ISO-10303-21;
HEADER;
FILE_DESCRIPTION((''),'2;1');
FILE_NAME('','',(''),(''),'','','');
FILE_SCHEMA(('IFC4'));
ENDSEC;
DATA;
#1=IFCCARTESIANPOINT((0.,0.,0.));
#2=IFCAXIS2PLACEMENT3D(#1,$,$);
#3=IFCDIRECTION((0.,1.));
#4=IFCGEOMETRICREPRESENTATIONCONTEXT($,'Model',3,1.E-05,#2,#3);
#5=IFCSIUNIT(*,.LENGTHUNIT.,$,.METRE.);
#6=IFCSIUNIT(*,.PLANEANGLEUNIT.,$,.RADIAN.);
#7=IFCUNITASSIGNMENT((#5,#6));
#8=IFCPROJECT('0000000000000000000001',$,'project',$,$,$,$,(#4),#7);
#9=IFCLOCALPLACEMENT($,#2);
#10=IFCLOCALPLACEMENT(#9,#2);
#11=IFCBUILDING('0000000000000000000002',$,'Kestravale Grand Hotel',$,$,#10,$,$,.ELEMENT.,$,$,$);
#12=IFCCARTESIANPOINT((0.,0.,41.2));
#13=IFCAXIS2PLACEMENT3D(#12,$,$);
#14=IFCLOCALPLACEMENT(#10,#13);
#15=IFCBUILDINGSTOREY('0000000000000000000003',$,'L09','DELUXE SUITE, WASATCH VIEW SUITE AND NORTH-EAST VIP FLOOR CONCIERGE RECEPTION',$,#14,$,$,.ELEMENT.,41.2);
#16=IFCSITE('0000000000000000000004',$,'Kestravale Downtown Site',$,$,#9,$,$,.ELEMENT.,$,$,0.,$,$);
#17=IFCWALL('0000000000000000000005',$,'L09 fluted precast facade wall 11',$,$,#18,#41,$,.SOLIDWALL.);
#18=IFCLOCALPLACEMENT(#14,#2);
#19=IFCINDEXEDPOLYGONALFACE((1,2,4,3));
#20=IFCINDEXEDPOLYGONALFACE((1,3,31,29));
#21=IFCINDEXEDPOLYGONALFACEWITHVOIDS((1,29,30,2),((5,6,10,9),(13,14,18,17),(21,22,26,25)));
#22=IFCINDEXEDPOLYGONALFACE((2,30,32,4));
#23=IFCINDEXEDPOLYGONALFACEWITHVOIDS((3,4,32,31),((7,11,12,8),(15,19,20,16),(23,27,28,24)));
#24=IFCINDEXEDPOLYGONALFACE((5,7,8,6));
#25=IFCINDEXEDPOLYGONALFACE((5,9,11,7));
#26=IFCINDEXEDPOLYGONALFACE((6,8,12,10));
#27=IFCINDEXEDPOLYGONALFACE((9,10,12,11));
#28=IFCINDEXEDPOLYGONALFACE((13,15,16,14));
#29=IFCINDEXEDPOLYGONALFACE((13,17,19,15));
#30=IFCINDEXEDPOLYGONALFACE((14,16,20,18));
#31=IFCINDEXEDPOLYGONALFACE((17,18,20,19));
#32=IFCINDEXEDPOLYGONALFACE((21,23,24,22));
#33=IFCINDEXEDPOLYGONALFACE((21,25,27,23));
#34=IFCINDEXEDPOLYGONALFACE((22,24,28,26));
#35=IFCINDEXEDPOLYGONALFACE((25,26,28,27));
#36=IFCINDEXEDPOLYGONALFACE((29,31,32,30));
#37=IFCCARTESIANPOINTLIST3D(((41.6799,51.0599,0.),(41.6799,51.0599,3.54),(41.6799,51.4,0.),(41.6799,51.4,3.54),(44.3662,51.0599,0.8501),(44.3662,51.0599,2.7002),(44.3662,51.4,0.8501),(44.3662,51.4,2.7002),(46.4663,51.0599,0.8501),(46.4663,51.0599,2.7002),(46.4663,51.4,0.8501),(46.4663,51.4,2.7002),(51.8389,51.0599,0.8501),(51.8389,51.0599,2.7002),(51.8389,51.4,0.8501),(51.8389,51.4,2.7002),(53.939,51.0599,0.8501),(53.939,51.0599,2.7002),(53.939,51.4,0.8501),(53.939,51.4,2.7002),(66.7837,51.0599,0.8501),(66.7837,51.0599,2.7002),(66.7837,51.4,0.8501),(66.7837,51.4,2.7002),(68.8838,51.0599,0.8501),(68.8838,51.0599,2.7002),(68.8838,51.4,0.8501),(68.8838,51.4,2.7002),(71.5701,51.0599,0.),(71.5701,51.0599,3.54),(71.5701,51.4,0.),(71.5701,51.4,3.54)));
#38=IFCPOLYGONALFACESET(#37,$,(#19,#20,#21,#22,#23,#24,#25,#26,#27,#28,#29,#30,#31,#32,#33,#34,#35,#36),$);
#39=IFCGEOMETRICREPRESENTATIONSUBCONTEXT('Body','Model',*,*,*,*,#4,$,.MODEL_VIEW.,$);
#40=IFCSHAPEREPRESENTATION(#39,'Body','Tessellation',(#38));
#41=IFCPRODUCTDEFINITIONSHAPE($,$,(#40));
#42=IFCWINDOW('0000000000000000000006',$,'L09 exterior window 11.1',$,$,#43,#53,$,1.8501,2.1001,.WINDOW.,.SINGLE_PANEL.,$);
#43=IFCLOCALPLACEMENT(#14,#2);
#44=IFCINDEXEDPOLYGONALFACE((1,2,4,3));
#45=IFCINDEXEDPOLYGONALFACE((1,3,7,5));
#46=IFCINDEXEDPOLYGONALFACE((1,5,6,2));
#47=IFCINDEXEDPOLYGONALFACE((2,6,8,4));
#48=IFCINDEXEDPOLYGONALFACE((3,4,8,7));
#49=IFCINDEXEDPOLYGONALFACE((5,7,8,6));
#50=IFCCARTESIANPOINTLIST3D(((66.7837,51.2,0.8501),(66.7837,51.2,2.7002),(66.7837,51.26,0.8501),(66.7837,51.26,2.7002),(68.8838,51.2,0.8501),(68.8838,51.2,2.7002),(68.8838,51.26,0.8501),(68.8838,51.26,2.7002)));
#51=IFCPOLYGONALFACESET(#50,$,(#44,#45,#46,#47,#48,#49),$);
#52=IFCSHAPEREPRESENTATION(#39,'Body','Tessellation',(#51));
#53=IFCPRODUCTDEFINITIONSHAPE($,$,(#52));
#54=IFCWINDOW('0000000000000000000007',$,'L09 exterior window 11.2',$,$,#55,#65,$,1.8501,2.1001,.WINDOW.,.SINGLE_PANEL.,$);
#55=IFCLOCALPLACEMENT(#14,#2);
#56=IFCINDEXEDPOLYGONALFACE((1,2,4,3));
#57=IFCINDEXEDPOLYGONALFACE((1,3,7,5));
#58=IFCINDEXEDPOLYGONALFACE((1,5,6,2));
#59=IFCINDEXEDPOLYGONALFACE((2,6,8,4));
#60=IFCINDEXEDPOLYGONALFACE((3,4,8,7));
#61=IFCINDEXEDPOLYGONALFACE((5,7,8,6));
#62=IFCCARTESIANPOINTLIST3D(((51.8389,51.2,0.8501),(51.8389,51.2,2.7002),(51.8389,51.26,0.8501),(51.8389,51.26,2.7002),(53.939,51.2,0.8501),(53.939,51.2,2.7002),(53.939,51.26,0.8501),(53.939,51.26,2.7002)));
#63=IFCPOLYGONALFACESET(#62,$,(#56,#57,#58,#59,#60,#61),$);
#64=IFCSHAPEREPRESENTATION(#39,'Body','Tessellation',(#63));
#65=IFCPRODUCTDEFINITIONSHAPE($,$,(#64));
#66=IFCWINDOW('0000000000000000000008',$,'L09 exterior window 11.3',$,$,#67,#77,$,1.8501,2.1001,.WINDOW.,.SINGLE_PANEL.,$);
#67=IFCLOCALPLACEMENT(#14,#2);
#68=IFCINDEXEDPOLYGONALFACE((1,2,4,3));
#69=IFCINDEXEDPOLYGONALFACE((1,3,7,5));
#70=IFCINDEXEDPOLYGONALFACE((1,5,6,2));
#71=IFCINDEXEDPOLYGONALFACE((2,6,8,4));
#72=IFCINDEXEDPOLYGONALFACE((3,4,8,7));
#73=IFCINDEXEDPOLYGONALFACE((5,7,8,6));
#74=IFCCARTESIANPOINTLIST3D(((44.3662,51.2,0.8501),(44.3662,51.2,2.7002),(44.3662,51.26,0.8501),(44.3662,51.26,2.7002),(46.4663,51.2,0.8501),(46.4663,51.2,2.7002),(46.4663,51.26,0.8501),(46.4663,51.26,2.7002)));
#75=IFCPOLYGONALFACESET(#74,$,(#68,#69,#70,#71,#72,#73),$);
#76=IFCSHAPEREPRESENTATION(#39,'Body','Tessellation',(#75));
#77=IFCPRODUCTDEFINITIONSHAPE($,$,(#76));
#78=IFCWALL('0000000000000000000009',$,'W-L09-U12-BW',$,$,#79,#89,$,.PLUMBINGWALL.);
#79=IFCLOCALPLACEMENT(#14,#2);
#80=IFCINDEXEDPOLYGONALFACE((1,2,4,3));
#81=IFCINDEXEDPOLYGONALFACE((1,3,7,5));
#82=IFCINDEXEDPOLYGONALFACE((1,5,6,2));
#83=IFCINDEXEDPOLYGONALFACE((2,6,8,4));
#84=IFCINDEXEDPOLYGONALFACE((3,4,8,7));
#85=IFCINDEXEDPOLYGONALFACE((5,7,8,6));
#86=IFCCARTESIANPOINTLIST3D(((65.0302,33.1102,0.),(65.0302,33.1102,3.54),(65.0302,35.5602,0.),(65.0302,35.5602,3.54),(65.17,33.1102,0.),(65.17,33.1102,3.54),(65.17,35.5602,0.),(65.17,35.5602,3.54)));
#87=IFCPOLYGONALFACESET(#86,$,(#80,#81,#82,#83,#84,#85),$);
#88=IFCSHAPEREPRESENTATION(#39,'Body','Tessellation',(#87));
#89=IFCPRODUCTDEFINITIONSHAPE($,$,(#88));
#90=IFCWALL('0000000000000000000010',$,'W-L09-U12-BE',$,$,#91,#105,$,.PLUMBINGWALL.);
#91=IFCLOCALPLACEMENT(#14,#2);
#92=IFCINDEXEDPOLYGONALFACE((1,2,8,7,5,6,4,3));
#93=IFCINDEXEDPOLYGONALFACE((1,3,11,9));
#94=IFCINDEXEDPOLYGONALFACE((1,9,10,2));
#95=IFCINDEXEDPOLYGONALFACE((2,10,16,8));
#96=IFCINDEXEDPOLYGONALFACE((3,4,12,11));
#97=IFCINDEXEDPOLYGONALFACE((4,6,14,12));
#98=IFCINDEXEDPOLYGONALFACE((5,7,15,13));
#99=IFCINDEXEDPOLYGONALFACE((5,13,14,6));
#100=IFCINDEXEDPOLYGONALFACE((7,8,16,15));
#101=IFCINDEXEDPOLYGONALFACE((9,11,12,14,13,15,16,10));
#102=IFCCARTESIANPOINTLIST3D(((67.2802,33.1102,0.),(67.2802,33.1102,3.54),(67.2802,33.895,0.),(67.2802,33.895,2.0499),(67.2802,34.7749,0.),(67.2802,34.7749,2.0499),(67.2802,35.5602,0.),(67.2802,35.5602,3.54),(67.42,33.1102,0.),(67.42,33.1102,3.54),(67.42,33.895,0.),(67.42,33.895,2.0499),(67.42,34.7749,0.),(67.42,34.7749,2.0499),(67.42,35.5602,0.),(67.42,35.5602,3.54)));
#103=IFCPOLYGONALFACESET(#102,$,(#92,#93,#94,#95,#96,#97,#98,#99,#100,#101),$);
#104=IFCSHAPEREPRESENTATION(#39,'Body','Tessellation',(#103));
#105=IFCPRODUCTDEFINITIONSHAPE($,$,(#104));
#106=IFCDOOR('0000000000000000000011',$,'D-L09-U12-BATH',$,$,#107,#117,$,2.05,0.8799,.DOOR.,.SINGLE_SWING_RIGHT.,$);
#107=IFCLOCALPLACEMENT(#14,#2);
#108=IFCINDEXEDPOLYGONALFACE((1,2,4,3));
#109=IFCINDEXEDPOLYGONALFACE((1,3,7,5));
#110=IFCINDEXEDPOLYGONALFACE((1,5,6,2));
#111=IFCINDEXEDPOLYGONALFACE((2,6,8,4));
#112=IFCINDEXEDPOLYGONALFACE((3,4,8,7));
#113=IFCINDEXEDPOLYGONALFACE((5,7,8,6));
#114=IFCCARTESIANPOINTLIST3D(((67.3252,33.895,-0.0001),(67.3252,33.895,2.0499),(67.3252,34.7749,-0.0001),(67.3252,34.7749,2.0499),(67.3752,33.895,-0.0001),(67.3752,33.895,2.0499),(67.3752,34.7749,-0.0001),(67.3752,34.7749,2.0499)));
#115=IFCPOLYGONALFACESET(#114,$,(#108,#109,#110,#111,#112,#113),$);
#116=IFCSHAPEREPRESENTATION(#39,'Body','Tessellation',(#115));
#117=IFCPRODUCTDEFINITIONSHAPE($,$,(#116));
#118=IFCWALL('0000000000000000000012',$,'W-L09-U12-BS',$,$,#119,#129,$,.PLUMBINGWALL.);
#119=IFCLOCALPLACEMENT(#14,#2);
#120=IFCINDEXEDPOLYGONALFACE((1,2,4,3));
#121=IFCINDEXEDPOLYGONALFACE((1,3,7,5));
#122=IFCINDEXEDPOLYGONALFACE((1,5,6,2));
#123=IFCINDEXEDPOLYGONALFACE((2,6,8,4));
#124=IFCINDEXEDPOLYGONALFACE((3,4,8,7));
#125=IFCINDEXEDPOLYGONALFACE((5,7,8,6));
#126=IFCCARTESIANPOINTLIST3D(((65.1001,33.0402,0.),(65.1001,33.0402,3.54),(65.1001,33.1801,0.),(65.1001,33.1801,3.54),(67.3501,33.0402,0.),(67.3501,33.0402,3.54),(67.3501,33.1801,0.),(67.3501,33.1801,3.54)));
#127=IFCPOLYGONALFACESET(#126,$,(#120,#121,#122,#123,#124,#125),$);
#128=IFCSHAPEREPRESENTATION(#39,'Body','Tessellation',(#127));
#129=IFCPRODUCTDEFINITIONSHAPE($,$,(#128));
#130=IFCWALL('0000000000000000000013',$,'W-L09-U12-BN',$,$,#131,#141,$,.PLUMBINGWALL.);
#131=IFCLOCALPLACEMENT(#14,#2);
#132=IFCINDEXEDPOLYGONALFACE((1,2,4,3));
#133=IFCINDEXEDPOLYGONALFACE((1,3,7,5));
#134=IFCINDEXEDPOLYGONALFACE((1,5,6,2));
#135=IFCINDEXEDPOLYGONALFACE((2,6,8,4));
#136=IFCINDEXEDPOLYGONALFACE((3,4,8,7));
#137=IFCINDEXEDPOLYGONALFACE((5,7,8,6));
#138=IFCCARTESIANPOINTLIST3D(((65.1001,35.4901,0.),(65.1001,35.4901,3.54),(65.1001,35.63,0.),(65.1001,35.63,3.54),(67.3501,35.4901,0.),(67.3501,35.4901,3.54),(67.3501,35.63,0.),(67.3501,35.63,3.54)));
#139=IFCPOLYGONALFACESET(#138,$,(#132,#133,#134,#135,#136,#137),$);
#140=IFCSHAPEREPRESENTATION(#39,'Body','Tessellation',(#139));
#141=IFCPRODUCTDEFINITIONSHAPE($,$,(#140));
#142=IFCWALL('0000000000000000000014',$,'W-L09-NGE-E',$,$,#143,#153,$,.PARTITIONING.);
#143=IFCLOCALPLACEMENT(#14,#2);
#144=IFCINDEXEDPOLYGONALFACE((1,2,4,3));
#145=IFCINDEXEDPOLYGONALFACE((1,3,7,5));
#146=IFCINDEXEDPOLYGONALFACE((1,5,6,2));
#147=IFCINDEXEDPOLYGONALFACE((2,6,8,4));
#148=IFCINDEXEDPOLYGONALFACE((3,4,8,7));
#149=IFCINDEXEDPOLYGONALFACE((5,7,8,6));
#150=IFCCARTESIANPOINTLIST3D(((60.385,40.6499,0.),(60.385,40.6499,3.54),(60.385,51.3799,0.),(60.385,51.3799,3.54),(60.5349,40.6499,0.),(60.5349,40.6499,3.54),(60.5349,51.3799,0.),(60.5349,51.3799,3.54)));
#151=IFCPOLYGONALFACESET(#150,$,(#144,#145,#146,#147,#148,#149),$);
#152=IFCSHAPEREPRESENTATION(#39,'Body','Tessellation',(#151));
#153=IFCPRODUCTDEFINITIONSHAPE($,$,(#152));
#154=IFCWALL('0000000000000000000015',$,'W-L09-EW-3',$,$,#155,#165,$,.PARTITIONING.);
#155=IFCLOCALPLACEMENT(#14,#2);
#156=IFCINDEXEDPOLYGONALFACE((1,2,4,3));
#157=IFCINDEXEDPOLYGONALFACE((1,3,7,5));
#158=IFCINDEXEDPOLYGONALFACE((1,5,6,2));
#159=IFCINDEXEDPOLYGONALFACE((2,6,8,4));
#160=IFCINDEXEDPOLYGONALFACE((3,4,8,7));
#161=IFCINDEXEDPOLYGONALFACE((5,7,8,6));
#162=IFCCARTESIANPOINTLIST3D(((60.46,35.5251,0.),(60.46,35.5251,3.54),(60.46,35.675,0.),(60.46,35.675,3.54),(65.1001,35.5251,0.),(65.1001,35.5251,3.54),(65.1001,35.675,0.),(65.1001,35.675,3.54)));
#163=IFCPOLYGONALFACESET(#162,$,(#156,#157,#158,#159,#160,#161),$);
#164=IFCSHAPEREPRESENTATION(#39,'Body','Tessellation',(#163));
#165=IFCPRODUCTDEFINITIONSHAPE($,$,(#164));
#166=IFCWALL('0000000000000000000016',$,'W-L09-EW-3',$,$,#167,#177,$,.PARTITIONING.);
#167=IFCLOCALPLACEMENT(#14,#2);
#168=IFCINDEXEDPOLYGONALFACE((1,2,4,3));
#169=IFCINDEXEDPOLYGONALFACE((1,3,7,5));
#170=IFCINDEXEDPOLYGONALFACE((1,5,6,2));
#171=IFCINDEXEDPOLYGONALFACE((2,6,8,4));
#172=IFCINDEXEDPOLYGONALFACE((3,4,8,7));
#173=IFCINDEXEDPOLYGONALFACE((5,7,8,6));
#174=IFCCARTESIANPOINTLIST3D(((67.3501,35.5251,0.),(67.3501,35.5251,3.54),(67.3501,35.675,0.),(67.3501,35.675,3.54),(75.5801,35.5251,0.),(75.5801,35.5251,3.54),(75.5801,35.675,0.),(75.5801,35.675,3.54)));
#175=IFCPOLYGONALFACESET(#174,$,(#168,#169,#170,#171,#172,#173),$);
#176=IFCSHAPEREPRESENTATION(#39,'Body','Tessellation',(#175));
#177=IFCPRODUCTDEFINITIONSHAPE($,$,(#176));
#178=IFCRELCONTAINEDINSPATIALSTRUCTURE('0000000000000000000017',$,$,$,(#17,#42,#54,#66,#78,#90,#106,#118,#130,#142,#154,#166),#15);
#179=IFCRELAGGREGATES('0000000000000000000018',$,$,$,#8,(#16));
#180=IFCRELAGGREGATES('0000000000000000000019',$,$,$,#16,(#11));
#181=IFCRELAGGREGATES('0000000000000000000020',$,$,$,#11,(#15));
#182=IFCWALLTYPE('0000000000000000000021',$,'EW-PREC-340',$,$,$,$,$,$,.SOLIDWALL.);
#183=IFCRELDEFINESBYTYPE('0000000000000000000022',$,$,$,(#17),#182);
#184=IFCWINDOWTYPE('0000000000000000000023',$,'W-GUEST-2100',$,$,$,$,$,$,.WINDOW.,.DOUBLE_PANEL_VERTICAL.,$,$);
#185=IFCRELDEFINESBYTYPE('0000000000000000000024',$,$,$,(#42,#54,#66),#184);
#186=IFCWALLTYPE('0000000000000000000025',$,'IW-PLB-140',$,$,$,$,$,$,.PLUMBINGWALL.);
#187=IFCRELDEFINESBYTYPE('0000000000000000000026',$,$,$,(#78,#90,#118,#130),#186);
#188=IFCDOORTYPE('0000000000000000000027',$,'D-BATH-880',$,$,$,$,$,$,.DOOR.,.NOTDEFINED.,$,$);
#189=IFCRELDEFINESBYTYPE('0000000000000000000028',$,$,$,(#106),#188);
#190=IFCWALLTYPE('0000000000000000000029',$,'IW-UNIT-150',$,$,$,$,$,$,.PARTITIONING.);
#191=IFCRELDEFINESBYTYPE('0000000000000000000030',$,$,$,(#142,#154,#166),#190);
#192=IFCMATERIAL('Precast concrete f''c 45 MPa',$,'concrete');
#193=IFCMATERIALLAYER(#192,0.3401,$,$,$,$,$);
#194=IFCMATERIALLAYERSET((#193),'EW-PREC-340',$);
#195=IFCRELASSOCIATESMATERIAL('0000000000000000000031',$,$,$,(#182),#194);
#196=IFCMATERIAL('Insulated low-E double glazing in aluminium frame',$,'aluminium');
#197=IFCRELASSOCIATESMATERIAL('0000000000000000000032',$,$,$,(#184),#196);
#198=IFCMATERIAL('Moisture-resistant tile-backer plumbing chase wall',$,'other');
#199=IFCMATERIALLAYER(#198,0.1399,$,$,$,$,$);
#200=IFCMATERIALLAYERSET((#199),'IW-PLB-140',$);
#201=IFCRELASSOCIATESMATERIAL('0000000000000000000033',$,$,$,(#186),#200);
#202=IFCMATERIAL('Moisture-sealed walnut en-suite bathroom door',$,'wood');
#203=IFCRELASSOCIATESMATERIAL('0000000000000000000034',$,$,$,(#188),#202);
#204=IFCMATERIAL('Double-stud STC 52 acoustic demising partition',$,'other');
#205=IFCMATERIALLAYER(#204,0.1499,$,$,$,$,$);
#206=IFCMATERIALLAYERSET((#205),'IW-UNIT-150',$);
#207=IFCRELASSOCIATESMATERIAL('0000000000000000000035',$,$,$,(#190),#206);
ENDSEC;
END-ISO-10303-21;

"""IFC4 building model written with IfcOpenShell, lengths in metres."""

from ifc_helpers import new_model, si_unit, direction, frame, frame_2d, origin, place, context, subcontext, project, spatial, rectangle, extrude, material, layer, layer_set, type_object, element, fill, save


model = new_model("IFC4")

# Units and contexts
model_context = context("Model", 3, precision=1e-05, world=origin(), true_north=direction((0.0, 1.0)))
body_context = subcontext(model_context, "Body", "Model", "MODEL_VIEW")
ifc_project = project(units=[si_unit("LENGTHUNIT", "METRE"), si_unit("PLANEANGLEUNIT", "RADIAN")], contexts=[model_context])

# Site, building, storey
site_placement = place(None, origin())
site = spatial("IfcSite", under=ifc_project, at=site_placement, Name="Kestravale Downtown Site", CompositionType="ELEMENT", RefElevation=0.0)
building_placement = place(site_placement, origin())
building = spatial("IfcBuilding", under=site, at=building_placement, Name="Kestravale Grand Hotel", CompositionType="ELEMENT")
storey_placement = place(building_placement, frame((0.0, 0.0, 41.2)))
storey = spatial("IfcBuildingStorey", under=building, at=storey_placement, Name="L09", Description="DELUXE SUITE, WASATCH VIEW SUITE AND NORTH-EAST VIP FLOOR CONCIERGE RECEPTION", CompositionType="ELEMENT", Elevation=41.2)

# Shared definitions
ifc_material_1 = material(Name="Precast concrete f'c 45 MPa", Category="concrete")
ifc_layer_1 = layer(ifc_material_1, 0.3401)
ifc_layer_set_1 = layer_set([ifc_layer_1], Name="EW-PREC-340")
wall_type_1 = type_object("IfcWallType", Name="EW-PREC-340", PredefinedType="SOLIDWALL", material=ifc_layer_set_1)
ifc_material_2 = material(Name="Insulated low-E double glazing in aluminium frame", Category="aluminium")
window_type = type_object("IfcWindowType", Name="W-GUEST-2100", PartitioningType="DOUBLE_PANEL_VERTICAL", PredefinedType="WINDOW", material=ifc_material_2)

# Wall, openings, windows
wall_1_placement = place(storey_placement, frame((71.5701, 51.23, 0.0), z_axis=(0.0, 0.0, 1.0), x_axis=(-1.0, 0.0, 0.0)))
wall_1 = element("IfcWall", 1, at=wall_1_placement, inside=storey, type_object=wall_type_1, Name="L09 fluted precast facade wall 11", PredefinedType="SOLIDWALL", context=body_context, shape_type="SweptSolid", body=[
    extrude(rectangle(XDim=29.8901, YDim=0.3401, at=frame_2d((14.9451, 0.0))), origin(), (0.0, 0.0, 1.0), 3.54),
])
opening_1_placement = place(wall_1_placement, frame((2.6863, 0.0, 0.8501)))
opening_1 = element("IfcOpeningElement", 2, at=opening_1_placement, cuts=wall_1, PredefinedType="OPENING", context=body_context, shape_type="SweptSolid", body=[
    extrude(rectangle(XDim=2.1001, YDim=1.8501, at=frame_2d((1.05, 0.925))), frame((0.0, 0.1799, 0.0), z_axis=(0.0, -1.0, 0.0), x_axis=(1.0, 0.0, 0.0)), (0.0, 0.0, 1.0), 0.3601),
])
opening_2_placement = place(wall_1_placement, frame((17.6311, 0.0, 0.8501)))
opening_2 = element("IfcOpeningElement", 3, at=opening_2_placement, cuts=wall_1, PredefinedType="OPENING", context=body_context, shape_type="SweptSolid", body=[
    extrude(rectangle(XDim=2.1001, YDim=1.8501, at=frame_2d((1.05, 0.925))), frame((0.0, 0.1799, 0.0), z_axis=(0.0, -1.0, 0.0), x_axis=(1.0, 0.0, 0.0)), (0.0, 0.0, 1.0), 0.3601),
])
opening_3_placement = place(wall_1_placement, frame((25.1038, 0.0, 0.8501)))
opening_3 = element("IfcOpeningElement", 4, at=opening_3_placement, cuts=wall_1, PredefinedType="OPENING", context=body_context, shape_type="SweptSolid", body=[
    extrude(rectangle(XDim=2.1001, YDim=1.8501, at=frame_2d((1.05, 0.925))), frame((0.0, 0.1799, 0.0), z_axis=(0.0, -1.0, 0.0), x_axis=(1.0, 0.0, 0.0)), (0.0, 0.0, 1.0), 0.3601),
])
window_1_placement = place(opening_1_placement, origin())
window_1 = element("IfcWindow", 5, at=window_1_placement, inside=storey, type_object=window_type, Name="L09 exterior window 11.1", OverallHeight=1.8501, OverallWidth=2.1001, PartitioningType="SINGLE_PANEL", PredefinedType="WINDOW", context=body_context, shape_type="SweptSolid", body=[
    extrude(rectangle(XDim=2.1001, YDim=1.8501, at=frame_2d((1.05, 0.925))), frame((0.0, 0.03, 0.0), z_axis=(0.0, -1.0, 0.0), x_axis=(1.0, 0.0, 0.0)), (0.0, 0.0, 1.0), 0.0601),
])
fill(opening_1, window_1)
window_2_placement = place(opening_2_placement, origin())
window_2 = element("IfcWindow", 6, at=window_2_placement, inside=storey, type_object=window_type, Name="L09 exterior window 11.2", OverallHeight=1.8501, OverallWidth=2.1001, PartitioningType="SINGLE_PANEL", PredefinedType="WINDOW", context=body_context, shape_type="SweptSolid", body=[
    extrude(rectangle(XDim=2.1001, YDim=1.8501, at=frame_2d((1.05, 0.925))), frame((0.0, 0.03, 0.0), z_axis=(0.0, -1.0, 0.0), x_axis=(1.0, 0.0, 0.0)), (0.0, 0.0, 1.0), 0.0601),
])
fill(opening_2, window_2)
window_3_placement = place(opening_3_placement, origin())
window_3 = element("IfcWindow", 7, at=window_3_placement, inside=storey, type_object=window_type, Name="L09 exterior window 11.3", OverallHeight=1.8501, OverallWidth=2.1001, PartitioningType="SINGLE_PANEL", PredefinedType="WINDOW", context=body_context, shape_type="SweptSolid", body=[
    extrude(rectangle(XDim=2.1001, YDim=1.8501, at=frame_2d((1.05, 0.925))), frame((0.0, 0.03, 0.0), z_axis=(0.0, -1.0, 0.0), x_axis=(1.0, 0.0, 0.0)), (0.0, 0.0, 1.0), 0.0601),
])
fill(opening_3, window_3)

# Wall
ifc_material_3 = material(Name="Moisture-resistant tile-backer plumbing chase wall", Category="other")
ifc_layer_2 = layer(ifc_material_3, 0.1399)
ifc_layer_set_2 = layer_set([ifc_layer_2], Name="IW-PLB-140")
wall_type_2 = type_object("IfcWallType", Name="IW-PLB-140", PredefinedType="PLUMBINGWALL", material=ifc_layer_set_2)
wall_2_placement = place(storey_placement, frame((65.1001, 33.1101, 0.0), z_axis=(0.0, 0.0, 1.0), x_axis=(0.0, 1.0, 0.0)))
element("IfcWall", 8, at=wall_2_placement, inside=storey, type_object=wall_type_2, Name="W-L09-U12-BW", PredefinedType="PLUMBINGWALL", context=body_context, shape_type="SweptSolid", body=[
    extrude(rectangle(XDim=2.45, YDim=0.1399, at=frame_2d((1.2251, 0.0))), origin(), (0.0, 0.0, 1.0), 3.54),
])

# Wall, opening, door
wall_3_placement = place(storey_placement, frame((67.3501, 33.1101, 0.0), z_axis=(0.0, 0.0, 1.0), x_axis=(0.0, 1.0, 0.0)))
wall_3 = element("IfcWall", 9, at=wall_3_placement, inside=storey, type_object=wall_type_2, Name="W-L09-U12-BE", PredefinedType="PLUMBINGWALL", context=body_context, shape_type="SweptSolid", body=[
    extrude(rectangle(XDim=2.45, YDim=0.1399, at=frame_2d((1.2251, 0.0))), origin(), (0.0, 0.0, 1.0), 3.54),
])
opening_4_placement = place(wall_3_placement, frame((0.7849, 0.0, 0.0)))
opening_4 = element("IfcOpeningElement", 10, at=opening_4_placement, cuts=wall_3, PredefinedType="OPENING", context=body_context, shape_type="SweptSolid", body=[
    extrude(rectangle(XDim=0.8799, YDim=2.05, at=frame_2d((0.4399, 1.0249))), frame((0.0, 0.0798, 0.0), z_axis=(0.0, -1.0, 0.0), x_axis=(1.0, 0.0, 0.0)), (0.0, 0.0, 1.0), 0.1599),
])
ifc_material_4 = material(Name="Moisture-sealed walnut en-suite bathroom door", Category="wood")
door_type = type_object("IfcDoorType", Name="D-BATH-880", OperationType="NOTDEFINED", PredefinedType="DOOR", material=ifc_material_4)
door_placement = place(opening_4_placement, origin())
door = element("IfcDoor", 11, at=door_placement, inside=storey, type_object=door_type, Name="D-L09-U12-BATH", OperationType="SINGLE_SWING_RIGHT", OverallHeight=2.05, OverallWidth=0.8799, PredefinedType="DOOR", context=body_context, shape_type="SweptSolid", body=[
    extrude(rectangle(XDim=0.8799, YDim=2.05, at=frame_2d((0.4399, 1.0249))), frame((0.0, 0.0249, 0.0), z_axis=(0.0, -1.0, 0.0), x_axis=(1.0, 0.0, 0.0)), (0.0, 0.0, 1.0), 0.05),
])
fill(opening_4, door)

# Walls
for number, where, z_axis, x_axis, name in (
    (12, (65.1001, 33.1101, 0.0), (0.0, 0.0, 1.0), (1.0, 0.0, 0.0), "W-L09-U12-BS"),
    (13, (65.1001, 35.5601, 0.0), (0.0, 0.0, 1.0), (1.0, 0.0, 0.0), "W-L09-U12-BN"),
):
    element("IfcWall", number, at=place(storey_placement, frame(where, z_axis=z_axis, x_axis=x_axis)), inside=storey, type_object=wall_type_2, Name=name, PredefinedType="PLUMBINGWALL", context=body_context, shape_type="SweptSolid", body=[
        extrude(rectangle(XDim=2.25, YDim=0.1399, at=frame_2d((1.125, 0.0))), origin(), (0.0, 0.0, 1.0), 3.54),
    ])
ifc_material_5 = material(Name="Double-stud STC 52 acoustic demising partition", Category="other")
ifc_layer_3 = layer(ifc_material_5, 0.1499)
ifc_layer_set_3 = layer_set([ifc_layer_3], Name="IW-UNIT-150")
wall_type_3 = type_object("IfcWallType", Name="IW-UNIT-150", PredefinedType="PARTITIONING", material=ifc_layer_set_3)
wall_4_placement = place(storey_placement, frame((60.46, 40.6499, 0.0), z_axis=(0.0, 0.0, 1.0), x_axis=(0.0, 1.0, 0.0)))
element("IfcWall", 14, at=wall_4_placement, inside=storey, type_object=wall_type_3, Name="W-L09-NGE-E", PredefinedType="PARTITIONING", context=body_context, shape_type="SweptSolid", body=[
    extrude(rectangle(XDim=10.73, YDim=0.1499, at=frame_2d((5.365, 0.0))), origin(), (0.0, 0.0, 1.0), 3.54),
])
wall_5_placement = place(storey_placement, frame((60.46, 35.6001, 0.0), z_axis=(0.0, 0.0, 1.0), x_axis=(1.0, 0.0, 0.0)))
element("IfcWall", 15, at=wall_5_placement, inside=storey, type_object=wall_type_3, Name="W-L09-EW-3", PredefinedType="PARTITIONING", context=body_context, shape_type="SweptSolid", body=[
    extrude(rectangle(XDim=4.6401, YDim=0.1499, at=frame_2d((2.3201, 0.0))), origin(), (0.0, 0.0, 1.0), 3.54),
])
wall_6_placement = place(storey_placement, frame((67.3501, 35.6001, 0.0), z_axis=(0.0, 0.0, 1.0), x_axis=(1.0, 0.0, 0.0)))
element("IfcWall", 16, at=wall_6_placement, inside=storey, type_object=wall_type_3, Name="W-L09-EW-3", PredefinedType="PARTITIONING", context=body_context, shape_type="SweptSolid", body=[
    extrude(rectangle(XDim=8.23, YDim=0.1499, at=frame_2d((4.115, 0.0))), origin(), (0.0, 0.0, 1.0), 3.54),
])

save(model, "model.ifc")
